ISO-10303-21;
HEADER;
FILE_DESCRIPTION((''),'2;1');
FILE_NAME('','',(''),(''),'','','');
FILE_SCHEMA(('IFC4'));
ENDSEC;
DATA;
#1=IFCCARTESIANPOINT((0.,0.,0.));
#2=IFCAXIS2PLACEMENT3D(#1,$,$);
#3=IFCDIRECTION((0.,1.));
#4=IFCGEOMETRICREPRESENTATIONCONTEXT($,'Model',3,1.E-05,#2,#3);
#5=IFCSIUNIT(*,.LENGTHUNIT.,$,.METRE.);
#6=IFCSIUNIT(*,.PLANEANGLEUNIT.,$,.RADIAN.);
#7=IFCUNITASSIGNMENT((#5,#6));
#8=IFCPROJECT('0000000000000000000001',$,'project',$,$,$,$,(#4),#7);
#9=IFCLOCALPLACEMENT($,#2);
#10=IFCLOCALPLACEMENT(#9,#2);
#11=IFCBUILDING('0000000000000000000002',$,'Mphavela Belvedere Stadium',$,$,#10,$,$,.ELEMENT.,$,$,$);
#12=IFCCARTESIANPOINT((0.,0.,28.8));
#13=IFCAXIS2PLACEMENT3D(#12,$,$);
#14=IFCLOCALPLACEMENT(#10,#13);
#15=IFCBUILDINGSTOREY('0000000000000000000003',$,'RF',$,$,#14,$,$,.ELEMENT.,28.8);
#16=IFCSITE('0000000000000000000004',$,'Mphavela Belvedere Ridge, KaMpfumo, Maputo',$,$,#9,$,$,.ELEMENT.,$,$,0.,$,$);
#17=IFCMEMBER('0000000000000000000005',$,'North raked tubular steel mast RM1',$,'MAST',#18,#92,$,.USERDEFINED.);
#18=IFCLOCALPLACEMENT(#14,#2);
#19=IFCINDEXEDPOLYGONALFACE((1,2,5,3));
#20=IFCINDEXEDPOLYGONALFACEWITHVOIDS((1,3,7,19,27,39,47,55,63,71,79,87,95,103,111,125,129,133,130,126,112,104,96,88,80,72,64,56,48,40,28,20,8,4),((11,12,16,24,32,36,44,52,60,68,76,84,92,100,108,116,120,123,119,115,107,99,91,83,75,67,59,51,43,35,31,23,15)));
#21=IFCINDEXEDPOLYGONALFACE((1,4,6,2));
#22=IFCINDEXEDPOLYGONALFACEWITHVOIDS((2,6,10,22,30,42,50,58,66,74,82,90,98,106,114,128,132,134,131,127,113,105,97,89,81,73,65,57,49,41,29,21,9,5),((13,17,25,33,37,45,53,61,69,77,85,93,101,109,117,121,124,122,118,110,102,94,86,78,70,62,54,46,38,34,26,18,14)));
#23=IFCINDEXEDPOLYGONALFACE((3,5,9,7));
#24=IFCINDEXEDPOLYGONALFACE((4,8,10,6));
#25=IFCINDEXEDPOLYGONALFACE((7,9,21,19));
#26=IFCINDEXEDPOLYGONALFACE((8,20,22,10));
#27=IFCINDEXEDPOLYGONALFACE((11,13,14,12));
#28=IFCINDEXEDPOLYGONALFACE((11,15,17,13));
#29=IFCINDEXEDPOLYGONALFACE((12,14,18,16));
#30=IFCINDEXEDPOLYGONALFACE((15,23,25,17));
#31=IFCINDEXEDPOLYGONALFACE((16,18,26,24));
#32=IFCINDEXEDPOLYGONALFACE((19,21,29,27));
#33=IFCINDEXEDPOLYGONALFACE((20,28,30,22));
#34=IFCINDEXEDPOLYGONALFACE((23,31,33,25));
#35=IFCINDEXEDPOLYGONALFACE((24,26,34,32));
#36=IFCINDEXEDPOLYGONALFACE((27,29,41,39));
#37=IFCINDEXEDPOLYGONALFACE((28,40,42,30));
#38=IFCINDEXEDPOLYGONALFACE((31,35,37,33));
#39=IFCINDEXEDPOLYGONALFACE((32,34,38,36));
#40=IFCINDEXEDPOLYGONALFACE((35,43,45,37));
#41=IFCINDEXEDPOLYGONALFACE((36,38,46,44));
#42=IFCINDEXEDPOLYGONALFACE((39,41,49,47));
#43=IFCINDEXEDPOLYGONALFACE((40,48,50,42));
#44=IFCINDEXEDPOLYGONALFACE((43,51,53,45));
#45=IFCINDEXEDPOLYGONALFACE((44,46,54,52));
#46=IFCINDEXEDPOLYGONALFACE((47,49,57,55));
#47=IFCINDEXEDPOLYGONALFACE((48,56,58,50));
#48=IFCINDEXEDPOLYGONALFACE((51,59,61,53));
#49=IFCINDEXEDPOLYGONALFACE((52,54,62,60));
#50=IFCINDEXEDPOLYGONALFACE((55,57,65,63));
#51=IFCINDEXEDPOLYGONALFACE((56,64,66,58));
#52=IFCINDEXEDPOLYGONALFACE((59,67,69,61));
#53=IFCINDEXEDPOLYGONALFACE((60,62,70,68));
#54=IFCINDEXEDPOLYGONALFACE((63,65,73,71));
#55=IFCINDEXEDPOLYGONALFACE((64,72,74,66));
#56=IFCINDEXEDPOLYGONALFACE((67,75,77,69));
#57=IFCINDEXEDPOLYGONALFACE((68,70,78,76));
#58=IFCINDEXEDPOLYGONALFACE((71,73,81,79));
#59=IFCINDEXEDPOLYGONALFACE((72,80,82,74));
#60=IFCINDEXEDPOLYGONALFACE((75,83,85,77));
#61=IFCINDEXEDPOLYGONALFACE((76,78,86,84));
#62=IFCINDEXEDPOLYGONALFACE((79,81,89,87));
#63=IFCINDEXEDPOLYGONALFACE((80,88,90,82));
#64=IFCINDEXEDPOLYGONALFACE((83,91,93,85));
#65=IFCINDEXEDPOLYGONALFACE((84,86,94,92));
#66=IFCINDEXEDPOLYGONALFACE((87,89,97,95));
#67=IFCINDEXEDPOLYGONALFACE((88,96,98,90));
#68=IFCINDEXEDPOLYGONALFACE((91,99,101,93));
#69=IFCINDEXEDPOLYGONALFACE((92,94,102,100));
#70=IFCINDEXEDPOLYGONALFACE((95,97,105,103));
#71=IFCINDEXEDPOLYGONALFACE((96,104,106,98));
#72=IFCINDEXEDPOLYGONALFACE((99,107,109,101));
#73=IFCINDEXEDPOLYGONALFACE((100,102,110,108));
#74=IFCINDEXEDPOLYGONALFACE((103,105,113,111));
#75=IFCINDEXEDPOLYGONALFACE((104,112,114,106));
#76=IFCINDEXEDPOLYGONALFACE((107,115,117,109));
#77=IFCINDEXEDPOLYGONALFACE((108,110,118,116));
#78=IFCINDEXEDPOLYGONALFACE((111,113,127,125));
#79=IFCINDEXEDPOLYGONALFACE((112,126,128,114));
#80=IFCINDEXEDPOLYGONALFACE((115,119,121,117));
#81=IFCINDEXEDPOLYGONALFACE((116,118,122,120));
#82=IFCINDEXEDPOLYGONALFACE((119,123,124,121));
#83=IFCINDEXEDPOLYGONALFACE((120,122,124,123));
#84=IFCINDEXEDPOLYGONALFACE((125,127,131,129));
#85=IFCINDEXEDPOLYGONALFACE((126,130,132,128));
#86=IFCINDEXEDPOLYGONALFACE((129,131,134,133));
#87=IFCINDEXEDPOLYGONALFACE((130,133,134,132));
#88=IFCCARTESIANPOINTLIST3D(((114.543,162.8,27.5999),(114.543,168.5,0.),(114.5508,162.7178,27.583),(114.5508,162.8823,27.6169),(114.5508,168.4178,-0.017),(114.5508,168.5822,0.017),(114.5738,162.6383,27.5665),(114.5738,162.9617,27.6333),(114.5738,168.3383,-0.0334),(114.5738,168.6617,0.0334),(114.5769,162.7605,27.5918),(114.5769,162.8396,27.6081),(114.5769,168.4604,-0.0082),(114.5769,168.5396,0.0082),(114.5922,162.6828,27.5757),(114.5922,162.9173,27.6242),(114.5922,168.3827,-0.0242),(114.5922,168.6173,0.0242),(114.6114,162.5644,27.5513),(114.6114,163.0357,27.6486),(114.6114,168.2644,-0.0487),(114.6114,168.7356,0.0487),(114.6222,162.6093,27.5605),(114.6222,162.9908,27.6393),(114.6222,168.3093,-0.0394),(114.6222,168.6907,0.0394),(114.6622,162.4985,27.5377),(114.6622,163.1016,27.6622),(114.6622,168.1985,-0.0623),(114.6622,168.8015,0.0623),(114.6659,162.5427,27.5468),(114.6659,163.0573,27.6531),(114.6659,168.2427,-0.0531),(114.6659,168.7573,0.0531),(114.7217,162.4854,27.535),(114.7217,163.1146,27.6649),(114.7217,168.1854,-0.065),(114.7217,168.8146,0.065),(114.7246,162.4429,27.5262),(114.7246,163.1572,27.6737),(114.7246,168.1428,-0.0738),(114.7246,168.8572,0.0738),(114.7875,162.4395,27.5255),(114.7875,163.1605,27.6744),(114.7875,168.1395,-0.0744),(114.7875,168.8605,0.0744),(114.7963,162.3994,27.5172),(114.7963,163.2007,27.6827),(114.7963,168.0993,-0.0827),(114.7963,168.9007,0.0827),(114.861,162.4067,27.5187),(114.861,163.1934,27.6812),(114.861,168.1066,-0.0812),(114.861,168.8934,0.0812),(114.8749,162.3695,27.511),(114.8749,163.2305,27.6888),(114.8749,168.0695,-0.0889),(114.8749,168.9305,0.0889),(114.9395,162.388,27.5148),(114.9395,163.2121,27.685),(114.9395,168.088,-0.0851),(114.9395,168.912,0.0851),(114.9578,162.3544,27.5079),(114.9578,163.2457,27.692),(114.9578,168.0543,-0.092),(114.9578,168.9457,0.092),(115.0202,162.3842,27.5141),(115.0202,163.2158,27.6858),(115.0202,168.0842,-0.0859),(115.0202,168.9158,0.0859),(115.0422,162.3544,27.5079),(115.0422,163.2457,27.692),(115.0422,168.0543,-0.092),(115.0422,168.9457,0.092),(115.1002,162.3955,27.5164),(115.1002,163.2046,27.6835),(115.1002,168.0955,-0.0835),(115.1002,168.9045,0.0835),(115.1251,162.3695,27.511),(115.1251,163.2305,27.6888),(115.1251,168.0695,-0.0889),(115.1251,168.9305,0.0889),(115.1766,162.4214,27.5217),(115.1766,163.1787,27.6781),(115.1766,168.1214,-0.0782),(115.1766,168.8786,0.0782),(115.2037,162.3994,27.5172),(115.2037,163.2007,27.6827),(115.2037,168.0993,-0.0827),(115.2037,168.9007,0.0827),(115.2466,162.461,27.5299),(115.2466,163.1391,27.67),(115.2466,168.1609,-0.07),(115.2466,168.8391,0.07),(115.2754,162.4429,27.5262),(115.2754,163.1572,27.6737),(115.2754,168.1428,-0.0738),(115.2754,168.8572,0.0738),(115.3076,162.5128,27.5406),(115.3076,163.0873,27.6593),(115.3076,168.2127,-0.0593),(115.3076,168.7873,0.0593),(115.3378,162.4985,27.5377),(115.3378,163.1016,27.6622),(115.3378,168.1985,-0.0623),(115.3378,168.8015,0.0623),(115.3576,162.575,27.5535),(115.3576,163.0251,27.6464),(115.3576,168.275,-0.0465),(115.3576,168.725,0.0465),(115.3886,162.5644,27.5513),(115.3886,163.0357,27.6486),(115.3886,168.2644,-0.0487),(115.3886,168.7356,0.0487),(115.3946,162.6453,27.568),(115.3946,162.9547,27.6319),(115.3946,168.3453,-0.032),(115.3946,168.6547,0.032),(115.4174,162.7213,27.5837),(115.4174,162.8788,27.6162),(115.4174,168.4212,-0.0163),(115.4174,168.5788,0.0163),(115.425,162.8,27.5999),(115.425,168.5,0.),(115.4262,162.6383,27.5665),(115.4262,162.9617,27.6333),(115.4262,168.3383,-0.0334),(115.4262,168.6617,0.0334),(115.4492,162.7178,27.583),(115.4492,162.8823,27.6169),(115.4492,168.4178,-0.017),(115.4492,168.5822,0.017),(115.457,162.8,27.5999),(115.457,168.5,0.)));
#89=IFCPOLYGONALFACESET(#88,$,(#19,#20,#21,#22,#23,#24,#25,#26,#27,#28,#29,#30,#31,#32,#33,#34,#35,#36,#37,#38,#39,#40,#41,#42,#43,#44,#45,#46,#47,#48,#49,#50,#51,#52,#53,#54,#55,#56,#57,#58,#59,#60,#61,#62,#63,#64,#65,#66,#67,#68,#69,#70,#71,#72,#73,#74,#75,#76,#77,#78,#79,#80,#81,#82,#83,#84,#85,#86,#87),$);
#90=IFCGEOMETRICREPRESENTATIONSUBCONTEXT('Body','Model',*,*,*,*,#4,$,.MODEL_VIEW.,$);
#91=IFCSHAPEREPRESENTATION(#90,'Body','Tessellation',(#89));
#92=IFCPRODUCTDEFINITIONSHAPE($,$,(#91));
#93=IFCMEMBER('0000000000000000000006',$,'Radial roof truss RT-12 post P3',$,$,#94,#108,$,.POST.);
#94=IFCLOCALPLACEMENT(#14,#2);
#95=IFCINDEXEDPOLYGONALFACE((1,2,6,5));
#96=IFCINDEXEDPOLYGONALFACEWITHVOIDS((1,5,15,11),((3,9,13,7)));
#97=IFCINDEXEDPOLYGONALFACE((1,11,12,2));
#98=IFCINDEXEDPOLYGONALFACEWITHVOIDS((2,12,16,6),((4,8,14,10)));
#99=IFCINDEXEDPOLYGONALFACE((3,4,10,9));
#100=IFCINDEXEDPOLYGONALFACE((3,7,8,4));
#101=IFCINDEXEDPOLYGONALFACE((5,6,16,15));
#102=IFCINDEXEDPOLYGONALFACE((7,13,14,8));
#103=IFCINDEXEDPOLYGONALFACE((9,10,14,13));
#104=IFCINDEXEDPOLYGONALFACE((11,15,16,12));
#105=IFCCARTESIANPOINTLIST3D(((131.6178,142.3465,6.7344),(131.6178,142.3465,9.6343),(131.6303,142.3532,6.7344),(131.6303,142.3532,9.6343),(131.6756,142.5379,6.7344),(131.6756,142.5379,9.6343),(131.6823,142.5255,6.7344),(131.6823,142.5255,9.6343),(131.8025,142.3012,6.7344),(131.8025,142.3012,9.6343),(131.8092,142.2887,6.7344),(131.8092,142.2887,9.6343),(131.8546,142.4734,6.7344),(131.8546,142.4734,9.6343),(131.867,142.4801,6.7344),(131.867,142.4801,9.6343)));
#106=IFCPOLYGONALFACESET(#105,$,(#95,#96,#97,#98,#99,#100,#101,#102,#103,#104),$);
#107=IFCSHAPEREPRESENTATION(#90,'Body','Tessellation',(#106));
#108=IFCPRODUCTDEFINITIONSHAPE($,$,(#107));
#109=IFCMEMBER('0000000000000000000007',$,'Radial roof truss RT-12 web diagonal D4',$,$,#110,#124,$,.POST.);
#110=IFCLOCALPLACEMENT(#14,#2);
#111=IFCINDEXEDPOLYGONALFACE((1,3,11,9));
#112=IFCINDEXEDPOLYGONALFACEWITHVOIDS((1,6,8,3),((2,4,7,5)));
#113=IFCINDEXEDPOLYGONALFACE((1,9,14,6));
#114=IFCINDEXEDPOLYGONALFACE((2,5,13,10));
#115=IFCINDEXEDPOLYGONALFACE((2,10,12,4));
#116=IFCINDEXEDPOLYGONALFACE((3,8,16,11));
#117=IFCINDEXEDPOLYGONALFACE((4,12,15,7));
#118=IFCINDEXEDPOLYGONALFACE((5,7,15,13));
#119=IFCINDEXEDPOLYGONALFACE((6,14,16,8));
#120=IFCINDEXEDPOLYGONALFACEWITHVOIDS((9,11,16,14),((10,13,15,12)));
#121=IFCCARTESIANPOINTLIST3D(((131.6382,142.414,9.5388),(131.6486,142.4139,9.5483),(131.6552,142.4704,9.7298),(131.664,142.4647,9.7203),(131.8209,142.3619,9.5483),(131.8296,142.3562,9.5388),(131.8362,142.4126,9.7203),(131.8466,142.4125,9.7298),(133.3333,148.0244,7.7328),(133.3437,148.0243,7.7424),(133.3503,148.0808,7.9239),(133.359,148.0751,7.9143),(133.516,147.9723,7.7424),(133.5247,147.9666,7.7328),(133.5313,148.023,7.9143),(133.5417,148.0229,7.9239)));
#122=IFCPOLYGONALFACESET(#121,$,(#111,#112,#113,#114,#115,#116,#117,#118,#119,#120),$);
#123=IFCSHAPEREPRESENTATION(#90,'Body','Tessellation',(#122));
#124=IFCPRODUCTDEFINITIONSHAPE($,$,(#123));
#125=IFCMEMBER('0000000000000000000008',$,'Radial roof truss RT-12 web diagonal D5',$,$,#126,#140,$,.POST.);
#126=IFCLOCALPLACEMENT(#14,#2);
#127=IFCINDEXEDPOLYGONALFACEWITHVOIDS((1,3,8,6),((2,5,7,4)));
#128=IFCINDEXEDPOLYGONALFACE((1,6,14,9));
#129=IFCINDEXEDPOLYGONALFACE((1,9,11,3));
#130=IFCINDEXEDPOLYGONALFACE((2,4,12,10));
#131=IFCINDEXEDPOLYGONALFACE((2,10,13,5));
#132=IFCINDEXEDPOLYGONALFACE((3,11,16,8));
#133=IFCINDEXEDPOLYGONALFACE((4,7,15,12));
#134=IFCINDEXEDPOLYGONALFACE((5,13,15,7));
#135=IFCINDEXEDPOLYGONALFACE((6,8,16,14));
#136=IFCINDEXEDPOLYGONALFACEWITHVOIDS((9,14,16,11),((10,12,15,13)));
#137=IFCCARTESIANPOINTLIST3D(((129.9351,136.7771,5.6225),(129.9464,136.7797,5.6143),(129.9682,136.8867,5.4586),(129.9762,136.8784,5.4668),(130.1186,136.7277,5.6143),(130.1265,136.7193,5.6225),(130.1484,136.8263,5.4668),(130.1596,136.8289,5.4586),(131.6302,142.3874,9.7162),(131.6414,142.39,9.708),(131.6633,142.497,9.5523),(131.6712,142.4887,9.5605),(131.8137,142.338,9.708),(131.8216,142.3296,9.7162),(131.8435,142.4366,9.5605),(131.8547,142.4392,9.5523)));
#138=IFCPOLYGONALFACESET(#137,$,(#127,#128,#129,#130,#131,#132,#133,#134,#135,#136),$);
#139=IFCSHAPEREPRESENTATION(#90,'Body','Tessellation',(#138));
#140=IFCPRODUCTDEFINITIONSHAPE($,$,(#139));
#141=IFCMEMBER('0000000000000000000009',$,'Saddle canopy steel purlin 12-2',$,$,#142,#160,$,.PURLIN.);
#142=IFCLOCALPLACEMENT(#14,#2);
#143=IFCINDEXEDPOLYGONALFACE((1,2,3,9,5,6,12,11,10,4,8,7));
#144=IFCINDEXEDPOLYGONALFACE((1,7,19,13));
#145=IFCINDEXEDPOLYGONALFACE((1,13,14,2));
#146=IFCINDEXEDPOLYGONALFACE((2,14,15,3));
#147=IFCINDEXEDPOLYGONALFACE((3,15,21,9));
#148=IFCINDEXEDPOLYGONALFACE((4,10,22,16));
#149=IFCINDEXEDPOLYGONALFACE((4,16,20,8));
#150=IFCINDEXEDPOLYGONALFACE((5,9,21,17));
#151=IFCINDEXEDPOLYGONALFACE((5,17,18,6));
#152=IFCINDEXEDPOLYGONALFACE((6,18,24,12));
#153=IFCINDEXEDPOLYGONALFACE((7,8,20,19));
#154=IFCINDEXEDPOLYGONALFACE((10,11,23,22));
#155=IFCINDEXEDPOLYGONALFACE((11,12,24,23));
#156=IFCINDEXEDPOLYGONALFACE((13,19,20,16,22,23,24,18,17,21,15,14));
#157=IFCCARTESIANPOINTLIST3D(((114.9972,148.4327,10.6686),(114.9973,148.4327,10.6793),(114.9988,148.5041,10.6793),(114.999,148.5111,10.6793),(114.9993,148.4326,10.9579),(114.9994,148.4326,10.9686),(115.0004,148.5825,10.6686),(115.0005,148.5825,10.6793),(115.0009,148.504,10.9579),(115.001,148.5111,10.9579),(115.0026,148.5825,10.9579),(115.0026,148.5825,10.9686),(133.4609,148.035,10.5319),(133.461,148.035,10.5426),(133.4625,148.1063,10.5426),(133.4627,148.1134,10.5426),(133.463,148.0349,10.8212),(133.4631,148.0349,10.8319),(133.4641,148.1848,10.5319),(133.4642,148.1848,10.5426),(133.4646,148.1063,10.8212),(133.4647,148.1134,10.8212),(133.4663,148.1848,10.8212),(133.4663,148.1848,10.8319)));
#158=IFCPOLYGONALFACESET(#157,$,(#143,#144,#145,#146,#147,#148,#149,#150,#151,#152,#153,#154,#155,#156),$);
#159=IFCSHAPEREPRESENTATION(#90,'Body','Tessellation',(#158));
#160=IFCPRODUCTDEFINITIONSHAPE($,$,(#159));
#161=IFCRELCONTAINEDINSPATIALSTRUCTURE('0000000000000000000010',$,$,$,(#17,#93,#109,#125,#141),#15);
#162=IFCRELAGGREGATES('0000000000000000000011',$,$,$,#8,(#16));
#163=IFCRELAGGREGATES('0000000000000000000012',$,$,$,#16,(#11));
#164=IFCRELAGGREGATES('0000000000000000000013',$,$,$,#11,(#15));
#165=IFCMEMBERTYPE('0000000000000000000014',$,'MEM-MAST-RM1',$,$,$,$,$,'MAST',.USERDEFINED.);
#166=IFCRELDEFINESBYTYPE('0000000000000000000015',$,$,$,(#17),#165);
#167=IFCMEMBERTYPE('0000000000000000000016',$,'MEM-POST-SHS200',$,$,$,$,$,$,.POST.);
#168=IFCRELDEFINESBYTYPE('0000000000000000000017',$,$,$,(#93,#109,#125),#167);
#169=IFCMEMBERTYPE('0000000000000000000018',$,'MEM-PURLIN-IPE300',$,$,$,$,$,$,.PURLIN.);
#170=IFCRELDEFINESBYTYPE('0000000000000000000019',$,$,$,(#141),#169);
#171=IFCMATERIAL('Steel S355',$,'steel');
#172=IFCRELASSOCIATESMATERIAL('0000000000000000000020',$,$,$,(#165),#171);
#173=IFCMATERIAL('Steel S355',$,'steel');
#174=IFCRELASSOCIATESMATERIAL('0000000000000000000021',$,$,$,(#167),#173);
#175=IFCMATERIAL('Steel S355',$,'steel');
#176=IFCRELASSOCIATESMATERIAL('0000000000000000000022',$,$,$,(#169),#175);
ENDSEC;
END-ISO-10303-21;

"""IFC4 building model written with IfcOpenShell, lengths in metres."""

from ifc_helpers import new_model, si_unit, direction, frame, origin, origin_2d, place, context, subcontext, project, spatial, hollow_rectangle, hollow_circle, i_section, extrude, material, material_profile, profile_set, type_object, element, save


model = new_model("IFC4")

# Units and contexts
model_context = context("Model", 3, precision=1e-05, world=origin(), true_north=direction((0.0, 1.0)))
body_context = subcontext(model_context, "Body", "Model", "MODEL_VIEW")
ifc_project = project(units=[si_unit("LENGTHUNIT", "METRE"), si_unit("PLANEANGLEUNIT", "RADIAN")], contexts=[model_context])

# Site, building, storey
site_placement = place(None, origin())
site = spatial("IfcSite", under=ifc_project, at=site_placement, Name="Mphavela Belvedere Ridge, KaMpfumo, Maputo", CompositionType="ELEMENT", RefElevation=0.0)
building_placement = place(site_placement, origin())
building = spatial("IfcBuilding", under=site, at=building_placement, Name="Mphavela Belvedere Stadium", CompositionType="ELEMENT")
storey_placement = place(building_placement, frame((0.0, 0.0, 28.8)))
storey = spatial("IfcBuildingStorey", under=building, at=storey_placement, Name="RF", CompositionType="ELEMENT", Elevation=28.8)

# Members
ifc_material_1 = material(Name="Steel S355", Category="steel")
ifc_material_profile_1 = material_profile(ifc_material_1, hollow_circle(Radius=0.457, WallThickness=0.032, at=origin_2d()), Name="CHS 914x32")
ifc_profile_set_1 = profile_set([ifc_material_profile_1], Name="Steel S355")
member_type_1 = type_object("IfcMemberType", Name="MEM-MAST-RM1", ElementType="MAST", PredefinedType="USERDEFINED", material=ifc_profile_set_1)
member_1_placement = place(storey_placement, frame((115.0, 168.5, 0.0), z_axis=(0.0, -0.202253, 0.979333), x_axis=(1.0, 0.0, 0.0)))
element("IfcMember", 1, at=member_1_placement, inside=storey, type_object=member_type_1, Name="North raked tubular steel mast RM1", ObjectType="MAST", PredefinedType="USERDEFINED", context=body_context, shape_type="SweptSolid", body=[
    extrude(hollow_circle(Radius=0.457, WallThickness=0.032, at=origin_2d()), origin(), (0.0, 0.0, 1.0), 28.1824),
])
ifc_material_2 = material(Name="Steel S355", Category="steel")
ifc_material_profile_2 = material_profile(ifc_material_2, hollow_rectangle(XDim=0.2, YDim=0.2, WallThickness=0.01, at=origin_2d()), Name="SHS 200x200x10")
ifc_profile_set_2 = profile_set([ifc_material_profile_2], Name="Steel S355")
member_type_2 = type_object("IfcMemberType", Name="MEM-POST-SHS200", PredefinedType="POST", material=ifc_profile_set_2)
member_2_placement = place(storey_placement, frame((131.7424, 142.4133, 6.7344), z_axis=(0.0, 0.0, 1.0), x_axis=(0.289199, 0.957269, 0.0)))
element("IfcMember", 2, at=member_2_placement, inside=storey, type_object=member_type_2, Name="Radial roof truss RT-12 post P3", PredefinedType="POST", context=body_context, shape_type="SweptSolid", body=[
    extrude(hollow_rectangle(XDim=0.2, YDim=0.2, WallThickness=0.01, at=origin_2d()), origin(), (0.0, 0.0, 1.0), 2.8999),
])
member_3_placement = place(storey_placement, frame((133.4375, 148.0237, 7.8284), z_axis=(-0.276396, -0.914818, 0.29447), x_axis=(0.957263, -0.28922, 0.0)))
element("IfcMember", 3, at=member_3_placement, inside=storey, type_object=member_type_2, Name="Radial roof truss RT-12 web diagonal D4", PredefinedType="POST", context=body_context, shape_type="SweptSolid", body=[
    extrude(hollow_rectangle(XDim=0.2, YDim=0.2, WallThickness=0.01, at=origin_2d()), origin(), (0.0, 0.0, 1.0), 6.1328),
])
member_4_placement = place(storey_placement, frame((131.7424, 142.4133, 9.6343), z_axis=(-0.237106, -0.784775, -0.572633), x_axis=(0.957263, -0.28922, 0.0)))
element("IfcMember", 4, at=member_4_placement, inside=storey, type_object=member_type_2, Name="Radial roof truss RT-12 web diagonal D5", PredefinedType="POST", context=body_context, shape_type="SweptSolid", body=[
    extrude(hollow_rectangle(XDim=0.2, YDim=0.2, WallThickness=0.01, at=origin_2d()), origin(), (0.0, 0.0, 1.0), 7.1489),
])
ifc_material_3 = material(Name="Steel S355", Category="steel")
ifc_material_profile_3 = material_profile(ifc_material_3, i_section(OverallWidth=0.1499, OverallDepth=0.3, WebThickness=0.0071, FlangeThickness=0.0107, at=origin_2d()), Name="IPE 300")
ifc_profile_set_3 = profile_set([ifc_material_profile_3], Name="Steel S355")
member_type_3 = type_object("IfcMemberType", Name="MEM-PURLIN-IPE300", PredefinedType="PURLIN", material=ifc_profile_set_3)
member_5_placement = place(storey_placement, frame((133.4636, 148.1099, 10.6819), z_axis=(-0.999741, 0.021534, 0.007403), x_axis=(-0.021535, -0.999768, 0.0)))
element("IfcMember", 5, at=member_5_placement, inside=storey, type_object=member_type_3, Name="Saddle canopy steel purlin 12-2", PredefinedType="PURLIN", context=body_context, shape_type="SweptSolid", body=[
    extrude(i_section(OverallWidth=0.1499, OverallDepth=0.3, WebThickness=0.0071, FlangeThickness=0.0107, at=origin_2d()), origin(), (0.0, 0.0, 1.0), 18.4685),
])

save(model, "model.ifc")
